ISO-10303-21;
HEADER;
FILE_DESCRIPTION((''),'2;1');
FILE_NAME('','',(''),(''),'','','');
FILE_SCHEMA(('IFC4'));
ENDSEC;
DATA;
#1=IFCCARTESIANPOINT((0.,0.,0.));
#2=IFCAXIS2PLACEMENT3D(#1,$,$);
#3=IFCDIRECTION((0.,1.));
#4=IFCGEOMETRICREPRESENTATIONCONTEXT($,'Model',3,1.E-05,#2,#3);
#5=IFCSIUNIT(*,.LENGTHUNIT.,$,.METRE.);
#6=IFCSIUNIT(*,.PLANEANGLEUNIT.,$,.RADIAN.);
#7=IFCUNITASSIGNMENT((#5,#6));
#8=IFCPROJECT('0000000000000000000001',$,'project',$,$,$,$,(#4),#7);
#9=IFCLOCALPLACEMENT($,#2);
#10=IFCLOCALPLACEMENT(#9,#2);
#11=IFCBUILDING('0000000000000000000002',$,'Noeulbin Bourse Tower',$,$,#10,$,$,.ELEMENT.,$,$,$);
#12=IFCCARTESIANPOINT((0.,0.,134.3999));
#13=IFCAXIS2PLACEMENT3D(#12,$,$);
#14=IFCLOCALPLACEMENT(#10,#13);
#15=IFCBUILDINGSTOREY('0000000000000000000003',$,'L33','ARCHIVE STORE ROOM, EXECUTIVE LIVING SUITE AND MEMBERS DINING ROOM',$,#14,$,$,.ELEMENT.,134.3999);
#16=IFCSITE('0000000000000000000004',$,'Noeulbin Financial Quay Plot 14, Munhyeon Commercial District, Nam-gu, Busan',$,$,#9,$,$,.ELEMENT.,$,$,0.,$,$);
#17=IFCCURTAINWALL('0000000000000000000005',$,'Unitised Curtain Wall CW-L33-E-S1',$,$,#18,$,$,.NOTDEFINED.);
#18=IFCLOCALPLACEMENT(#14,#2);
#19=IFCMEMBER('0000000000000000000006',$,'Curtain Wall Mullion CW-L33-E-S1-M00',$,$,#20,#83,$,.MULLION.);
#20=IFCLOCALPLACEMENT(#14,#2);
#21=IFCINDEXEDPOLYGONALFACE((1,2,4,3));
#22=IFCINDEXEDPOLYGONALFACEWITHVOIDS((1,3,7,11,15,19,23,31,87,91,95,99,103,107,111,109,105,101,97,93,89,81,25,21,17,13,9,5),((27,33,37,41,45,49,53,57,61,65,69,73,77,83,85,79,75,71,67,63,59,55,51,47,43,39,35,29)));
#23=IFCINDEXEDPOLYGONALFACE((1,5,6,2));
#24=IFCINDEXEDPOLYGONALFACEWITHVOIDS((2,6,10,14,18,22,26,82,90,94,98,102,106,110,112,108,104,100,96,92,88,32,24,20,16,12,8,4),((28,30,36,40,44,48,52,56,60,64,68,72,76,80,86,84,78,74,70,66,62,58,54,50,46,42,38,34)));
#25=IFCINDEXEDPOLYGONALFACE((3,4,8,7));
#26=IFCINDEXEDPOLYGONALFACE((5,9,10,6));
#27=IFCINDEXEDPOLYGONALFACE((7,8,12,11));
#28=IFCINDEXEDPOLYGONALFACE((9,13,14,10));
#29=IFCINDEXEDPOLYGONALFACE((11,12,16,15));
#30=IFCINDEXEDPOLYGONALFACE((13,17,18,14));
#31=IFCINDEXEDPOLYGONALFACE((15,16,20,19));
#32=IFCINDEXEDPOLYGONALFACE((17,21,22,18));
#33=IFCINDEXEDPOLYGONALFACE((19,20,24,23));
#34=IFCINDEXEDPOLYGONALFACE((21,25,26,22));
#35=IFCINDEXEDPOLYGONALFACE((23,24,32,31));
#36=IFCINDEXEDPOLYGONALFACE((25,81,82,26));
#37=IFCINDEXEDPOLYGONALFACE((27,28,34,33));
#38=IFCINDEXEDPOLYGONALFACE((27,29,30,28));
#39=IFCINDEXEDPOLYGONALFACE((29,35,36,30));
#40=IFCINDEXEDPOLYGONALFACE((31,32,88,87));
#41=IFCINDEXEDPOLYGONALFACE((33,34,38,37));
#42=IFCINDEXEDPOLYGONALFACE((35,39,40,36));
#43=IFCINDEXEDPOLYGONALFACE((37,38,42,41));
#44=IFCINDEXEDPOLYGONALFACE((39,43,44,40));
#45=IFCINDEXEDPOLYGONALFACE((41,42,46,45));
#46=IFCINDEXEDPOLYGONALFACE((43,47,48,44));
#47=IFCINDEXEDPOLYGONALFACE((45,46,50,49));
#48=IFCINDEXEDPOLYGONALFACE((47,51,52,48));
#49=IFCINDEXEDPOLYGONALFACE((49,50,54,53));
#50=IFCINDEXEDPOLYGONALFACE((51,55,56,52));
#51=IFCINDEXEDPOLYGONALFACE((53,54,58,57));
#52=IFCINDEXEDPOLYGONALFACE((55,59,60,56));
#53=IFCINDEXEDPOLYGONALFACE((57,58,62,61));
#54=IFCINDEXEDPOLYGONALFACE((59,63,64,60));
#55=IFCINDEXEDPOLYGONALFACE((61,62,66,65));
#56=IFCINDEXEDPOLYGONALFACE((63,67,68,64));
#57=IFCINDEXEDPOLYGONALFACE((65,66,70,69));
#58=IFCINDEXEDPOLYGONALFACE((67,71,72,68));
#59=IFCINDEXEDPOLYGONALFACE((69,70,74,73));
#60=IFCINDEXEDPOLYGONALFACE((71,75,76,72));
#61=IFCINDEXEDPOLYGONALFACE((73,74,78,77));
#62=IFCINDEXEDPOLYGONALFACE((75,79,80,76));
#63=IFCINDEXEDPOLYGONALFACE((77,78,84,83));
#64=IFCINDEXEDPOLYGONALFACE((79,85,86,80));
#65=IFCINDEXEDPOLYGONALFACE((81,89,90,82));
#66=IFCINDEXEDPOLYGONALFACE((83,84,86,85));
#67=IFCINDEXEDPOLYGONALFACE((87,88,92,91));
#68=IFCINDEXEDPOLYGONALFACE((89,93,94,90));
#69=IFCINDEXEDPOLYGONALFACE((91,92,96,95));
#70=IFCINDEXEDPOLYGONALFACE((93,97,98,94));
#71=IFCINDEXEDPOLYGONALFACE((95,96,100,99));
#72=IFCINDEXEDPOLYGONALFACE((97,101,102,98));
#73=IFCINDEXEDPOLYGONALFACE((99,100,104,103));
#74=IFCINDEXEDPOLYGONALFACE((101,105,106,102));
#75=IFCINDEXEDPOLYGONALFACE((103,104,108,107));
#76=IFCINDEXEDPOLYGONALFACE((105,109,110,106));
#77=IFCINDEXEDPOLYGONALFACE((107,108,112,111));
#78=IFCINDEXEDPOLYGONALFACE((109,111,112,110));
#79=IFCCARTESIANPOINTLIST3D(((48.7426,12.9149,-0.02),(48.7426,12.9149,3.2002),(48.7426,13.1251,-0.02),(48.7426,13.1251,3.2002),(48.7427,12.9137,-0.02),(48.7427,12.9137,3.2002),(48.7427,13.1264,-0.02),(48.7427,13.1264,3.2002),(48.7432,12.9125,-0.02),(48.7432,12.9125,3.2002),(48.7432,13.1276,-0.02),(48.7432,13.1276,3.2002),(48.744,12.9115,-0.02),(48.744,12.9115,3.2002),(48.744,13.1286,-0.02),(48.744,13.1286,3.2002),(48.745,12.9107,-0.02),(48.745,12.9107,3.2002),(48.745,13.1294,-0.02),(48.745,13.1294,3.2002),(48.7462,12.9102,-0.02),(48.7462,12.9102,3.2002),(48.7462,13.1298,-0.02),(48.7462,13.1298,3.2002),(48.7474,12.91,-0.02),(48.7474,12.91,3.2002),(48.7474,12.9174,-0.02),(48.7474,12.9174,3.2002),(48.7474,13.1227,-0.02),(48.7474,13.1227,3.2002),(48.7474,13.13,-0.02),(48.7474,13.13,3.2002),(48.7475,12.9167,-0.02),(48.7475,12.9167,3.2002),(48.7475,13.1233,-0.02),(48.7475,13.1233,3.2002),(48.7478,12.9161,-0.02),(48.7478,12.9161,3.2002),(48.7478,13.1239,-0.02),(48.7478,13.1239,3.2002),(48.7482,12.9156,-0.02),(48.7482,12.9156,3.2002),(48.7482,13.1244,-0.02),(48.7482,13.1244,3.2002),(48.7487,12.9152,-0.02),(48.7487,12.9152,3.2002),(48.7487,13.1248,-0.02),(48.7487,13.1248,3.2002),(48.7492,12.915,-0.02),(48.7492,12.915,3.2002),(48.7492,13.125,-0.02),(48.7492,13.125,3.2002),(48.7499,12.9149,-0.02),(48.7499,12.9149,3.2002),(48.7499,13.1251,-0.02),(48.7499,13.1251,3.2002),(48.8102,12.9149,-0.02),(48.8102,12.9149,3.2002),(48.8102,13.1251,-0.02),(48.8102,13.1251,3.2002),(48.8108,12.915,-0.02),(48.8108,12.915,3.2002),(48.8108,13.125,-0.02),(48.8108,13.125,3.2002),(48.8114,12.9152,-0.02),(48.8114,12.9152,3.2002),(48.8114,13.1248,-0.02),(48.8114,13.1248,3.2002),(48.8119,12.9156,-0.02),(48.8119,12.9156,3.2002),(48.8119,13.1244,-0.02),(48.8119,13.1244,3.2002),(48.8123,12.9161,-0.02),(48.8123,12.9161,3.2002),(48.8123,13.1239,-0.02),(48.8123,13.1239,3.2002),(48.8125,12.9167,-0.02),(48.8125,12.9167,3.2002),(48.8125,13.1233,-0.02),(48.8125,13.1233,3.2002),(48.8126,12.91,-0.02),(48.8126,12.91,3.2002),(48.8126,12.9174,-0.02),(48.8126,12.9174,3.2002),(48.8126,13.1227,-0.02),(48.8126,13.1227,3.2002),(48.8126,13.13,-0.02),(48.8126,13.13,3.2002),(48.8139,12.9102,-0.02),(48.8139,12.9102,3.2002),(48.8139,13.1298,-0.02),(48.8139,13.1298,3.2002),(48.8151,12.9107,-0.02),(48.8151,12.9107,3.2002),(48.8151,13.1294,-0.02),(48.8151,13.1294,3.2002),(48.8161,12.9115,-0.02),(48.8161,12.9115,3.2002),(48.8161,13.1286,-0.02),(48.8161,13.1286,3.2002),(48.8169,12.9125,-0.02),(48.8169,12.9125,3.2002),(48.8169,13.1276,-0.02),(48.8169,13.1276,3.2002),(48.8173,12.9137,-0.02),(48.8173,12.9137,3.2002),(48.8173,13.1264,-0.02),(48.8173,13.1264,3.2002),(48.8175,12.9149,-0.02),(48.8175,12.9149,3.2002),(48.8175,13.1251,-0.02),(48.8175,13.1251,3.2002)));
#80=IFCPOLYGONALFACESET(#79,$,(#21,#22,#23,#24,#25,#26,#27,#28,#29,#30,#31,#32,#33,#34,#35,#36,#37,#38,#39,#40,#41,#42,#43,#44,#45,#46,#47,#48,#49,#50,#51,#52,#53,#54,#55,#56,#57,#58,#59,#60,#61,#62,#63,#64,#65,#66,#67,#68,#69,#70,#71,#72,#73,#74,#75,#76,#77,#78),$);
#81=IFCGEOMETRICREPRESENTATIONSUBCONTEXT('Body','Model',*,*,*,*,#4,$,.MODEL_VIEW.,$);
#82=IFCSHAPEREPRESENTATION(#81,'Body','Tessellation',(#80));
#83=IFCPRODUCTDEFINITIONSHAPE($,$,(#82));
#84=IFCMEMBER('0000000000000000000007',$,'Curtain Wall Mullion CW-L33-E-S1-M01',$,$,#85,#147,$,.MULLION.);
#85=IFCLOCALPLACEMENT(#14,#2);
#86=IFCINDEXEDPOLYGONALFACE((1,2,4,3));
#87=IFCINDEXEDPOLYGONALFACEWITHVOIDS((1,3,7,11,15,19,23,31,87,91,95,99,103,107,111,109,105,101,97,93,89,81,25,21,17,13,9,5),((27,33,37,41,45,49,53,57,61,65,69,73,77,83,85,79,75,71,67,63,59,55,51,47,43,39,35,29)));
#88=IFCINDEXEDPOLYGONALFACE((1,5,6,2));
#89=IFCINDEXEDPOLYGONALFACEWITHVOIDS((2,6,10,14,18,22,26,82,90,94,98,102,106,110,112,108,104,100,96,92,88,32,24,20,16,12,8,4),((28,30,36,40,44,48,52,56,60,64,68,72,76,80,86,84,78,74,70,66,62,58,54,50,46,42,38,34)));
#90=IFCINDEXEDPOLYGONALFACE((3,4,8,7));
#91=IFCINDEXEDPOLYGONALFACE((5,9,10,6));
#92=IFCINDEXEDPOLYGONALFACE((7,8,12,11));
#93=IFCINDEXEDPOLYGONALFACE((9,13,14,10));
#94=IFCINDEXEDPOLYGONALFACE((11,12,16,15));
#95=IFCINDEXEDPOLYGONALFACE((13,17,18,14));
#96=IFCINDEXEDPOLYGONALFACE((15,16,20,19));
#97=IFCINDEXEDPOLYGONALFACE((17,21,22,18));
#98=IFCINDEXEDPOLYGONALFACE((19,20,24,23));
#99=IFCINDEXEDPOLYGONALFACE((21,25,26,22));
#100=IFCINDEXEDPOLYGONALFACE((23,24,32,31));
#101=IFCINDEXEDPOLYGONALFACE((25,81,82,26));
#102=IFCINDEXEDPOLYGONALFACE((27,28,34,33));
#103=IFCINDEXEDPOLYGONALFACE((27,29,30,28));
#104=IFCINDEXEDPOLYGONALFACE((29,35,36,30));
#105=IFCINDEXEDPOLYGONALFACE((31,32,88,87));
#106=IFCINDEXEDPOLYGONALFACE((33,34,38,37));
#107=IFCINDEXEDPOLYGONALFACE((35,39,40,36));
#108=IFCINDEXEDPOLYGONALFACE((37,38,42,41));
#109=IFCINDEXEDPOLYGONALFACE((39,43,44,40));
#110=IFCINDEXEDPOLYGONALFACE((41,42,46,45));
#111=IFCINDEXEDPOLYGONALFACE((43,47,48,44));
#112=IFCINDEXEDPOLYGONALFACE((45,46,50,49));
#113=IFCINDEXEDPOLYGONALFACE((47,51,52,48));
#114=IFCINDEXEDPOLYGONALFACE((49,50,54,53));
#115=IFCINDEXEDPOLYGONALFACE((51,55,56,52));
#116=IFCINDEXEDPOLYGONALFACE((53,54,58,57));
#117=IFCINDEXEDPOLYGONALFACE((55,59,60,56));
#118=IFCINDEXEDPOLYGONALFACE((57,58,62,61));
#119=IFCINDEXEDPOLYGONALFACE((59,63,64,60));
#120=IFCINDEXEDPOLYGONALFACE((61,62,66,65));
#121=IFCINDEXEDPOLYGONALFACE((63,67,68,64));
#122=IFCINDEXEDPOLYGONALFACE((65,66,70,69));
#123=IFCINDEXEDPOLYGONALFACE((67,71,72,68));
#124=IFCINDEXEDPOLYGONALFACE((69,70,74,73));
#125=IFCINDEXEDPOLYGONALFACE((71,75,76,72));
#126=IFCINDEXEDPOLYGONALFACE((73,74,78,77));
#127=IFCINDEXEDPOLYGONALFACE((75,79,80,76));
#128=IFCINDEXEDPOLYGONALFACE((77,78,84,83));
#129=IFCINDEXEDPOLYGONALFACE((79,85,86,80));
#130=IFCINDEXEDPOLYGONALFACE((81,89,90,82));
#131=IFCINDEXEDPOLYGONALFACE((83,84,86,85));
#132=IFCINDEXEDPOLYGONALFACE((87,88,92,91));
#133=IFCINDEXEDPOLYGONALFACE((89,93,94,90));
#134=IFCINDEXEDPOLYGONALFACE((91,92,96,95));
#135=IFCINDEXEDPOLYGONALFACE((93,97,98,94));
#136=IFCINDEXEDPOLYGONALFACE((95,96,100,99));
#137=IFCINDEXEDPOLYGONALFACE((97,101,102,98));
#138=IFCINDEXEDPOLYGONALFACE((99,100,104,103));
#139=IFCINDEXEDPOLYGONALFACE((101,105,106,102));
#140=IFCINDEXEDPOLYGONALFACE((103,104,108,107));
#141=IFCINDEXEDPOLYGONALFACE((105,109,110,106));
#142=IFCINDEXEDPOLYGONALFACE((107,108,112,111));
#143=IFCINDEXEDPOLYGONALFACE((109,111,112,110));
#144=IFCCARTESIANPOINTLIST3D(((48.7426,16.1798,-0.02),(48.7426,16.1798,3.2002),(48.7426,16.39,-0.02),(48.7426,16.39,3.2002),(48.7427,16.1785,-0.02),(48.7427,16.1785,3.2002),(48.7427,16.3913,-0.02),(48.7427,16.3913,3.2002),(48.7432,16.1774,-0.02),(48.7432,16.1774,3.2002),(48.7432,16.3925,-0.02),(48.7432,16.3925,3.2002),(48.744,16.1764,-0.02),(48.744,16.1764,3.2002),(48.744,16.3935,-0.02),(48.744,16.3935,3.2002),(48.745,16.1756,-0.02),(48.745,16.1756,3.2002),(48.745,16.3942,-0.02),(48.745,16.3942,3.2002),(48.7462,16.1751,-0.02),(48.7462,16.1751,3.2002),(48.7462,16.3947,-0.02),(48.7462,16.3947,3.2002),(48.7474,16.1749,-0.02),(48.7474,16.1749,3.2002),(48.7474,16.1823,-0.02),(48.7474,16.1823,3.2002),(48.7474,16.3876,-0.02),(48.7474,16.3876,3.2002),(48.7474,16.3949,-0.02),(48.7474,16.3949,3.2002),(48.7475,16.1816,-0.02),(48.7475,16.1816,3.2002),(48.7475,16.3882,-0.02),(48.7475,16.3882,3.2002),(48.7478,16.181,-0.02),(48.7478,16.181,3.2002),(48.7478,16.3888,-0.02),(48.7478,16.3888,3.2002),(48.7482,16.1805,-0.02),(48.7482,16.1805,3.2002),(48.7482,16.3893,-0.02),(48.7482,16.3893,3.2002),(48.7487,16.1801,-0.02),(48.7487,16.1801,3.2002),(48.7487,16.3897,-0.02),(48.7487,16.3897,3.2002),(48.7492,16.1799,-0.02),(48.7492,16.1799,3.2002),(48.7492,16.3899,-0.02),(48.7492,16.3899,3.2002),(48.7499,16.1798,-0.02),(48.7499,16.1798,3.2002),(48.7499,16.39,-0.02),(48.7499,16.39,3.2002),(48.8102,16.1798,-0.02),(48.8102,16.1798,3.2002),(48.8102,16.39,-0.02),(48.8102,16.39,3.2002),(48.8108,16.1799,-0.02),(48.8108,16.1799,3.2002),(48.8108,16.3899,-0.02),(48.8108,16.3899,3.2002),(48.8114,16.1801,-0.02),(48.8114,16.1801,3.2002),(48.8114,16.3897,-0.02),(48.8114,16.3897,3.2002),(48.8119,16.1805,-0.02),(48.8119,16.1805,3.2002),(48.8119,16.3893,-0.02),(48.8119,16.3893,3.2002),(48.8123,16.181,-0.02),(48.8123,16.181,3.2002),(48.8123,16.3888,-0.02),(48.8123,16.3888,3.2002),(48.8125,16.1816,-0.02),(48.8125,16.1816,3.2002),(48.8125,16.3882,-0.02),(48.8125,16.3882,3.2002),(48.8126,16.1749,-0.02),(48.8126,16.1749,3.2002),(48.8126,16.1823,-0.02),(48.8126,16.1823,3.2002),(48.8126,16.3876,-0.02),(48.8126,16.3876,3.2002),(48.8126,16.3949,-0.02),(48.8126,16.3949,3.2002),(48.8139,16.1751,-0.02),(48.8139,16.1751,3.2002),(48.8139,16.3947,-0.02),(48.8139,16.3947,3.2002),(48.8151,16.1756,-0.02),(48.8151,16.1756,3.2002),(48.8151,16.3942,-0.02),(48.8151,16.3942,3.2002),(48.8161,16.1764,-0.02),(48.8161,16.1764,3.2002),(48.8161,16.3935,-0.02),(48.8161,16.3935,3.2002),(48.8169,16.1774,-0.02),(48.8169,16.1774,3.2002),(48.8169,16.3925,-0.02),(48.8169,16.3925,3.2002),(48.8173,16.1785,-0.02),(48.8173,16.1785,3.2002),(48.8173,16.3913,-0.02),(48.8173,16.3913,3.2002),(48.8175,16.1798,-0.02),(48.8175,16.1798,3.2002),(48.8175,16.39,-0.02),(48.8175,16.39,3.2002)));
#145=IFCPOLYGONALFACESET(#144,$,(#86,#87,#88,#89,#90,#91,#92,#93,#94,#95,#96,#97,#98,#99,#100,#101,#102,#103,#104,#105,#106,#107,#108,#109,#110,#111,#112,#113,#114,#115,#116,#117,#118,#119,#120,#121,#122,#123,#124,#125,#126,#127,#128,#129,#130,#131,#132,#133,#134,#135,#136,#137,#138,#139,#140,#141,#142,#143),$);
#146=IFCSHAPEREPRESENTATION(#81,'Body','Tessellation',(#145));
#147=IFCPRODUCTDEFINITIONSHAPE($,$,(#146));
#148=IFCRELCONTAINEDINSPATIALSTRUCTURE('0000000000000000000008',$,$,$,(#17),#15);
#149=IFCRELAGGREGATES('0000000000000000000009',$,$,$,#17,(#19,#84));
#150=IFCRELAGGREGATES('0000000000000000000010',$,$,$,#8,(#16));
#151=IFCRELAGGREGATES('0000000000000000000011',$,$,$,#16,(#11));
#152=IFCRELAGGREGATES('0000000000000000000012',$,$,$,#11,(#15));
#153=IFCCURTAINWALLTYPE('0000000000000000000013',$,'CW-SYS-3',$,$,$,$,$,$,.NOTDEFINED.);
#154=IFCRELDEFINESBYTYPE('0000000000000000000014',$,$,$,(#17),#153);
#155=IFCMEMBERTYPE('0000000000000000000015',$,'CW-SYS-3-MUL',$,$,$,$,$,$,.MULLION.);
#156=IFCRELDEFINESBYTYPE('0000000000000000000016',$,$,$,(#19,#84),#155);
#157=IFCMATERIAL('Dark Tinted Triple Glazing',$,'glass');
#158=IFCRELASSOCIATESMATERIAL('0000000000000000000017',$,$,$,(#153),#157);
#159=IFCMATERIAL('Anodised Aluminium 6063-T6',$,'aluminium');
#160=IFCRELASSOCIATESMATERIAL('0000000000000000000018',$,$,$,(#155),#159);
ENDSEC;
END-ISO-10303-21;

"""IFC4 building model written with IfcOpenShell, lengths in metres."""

from ifc_helpers import new_model, si_unit, direction, frame, origin, origin_2d, place, context, subcontext, project, spatial, hollow_rectangle, extrude, material, material_profile, profile_set, type_object, element, aggregate, save


model = new_model("IFC4")

# Units and contexts
model_context = context("Model", 3, precision=1e-05, world=origin(), true_north=direction((0.0, 1.0)))
body_context = subcontext(model_context, "Body", "Model", "MODEL_VIEW")
ifc_project = project(units=[si_unit("LENGTHUNIT", "METRE"), si_unit("PLANEANGLEUNIT", "RADIAN")], contexts=[model_context])

# Site, building, storey
site_placement = place(None, origin())
site = spatial("IfcSite", under=ifc_project, at=site_placement, Name="Noeulbin Financial Quay Plot 14, Munhyeon Commercial District, Nam-gu, Busan", CompositionType="ELEMENT", RefElevation=0.0)
building_placement = place(site_placement, origin())
building = spatial("IfcBuilding", under=site, at=building_placement, Name="Noeulbin Bourse Tower", CompositionType="ELEMENT")
storey_placement = place(building_placement, frame((0.0, 0.0, 134.3999)))
storey = spatial("IfcBuildingStorey", under=building, at=storey_placement, Name="L33", Description="ARCHIVE STORE ROOM, EXECUTIVE LIVING SUITE AND MEMBERS DINING ROOM", CompositionType="ELEMENT", Elevation=134.3999)

# Curtain wall, members
ifc_material_1 = material(Name="Dark Tinted Triple Glazing", Category="glass")
curtain_wall_type = type_object("IfcCurtainWallType", Name="CW-SYS-3", PredefinedType="NOTDEFINED", material=ifc_material_1)
ifc_material_2 = material(Name="Anodised Aluminium 6063-T6", Category="aluminium")
ifc_material_profile_1 = material_profile(ifc_material_2, hollow_rectangle(XDim=0.075, YDim=0.22, WallThickness=0.0049, InnerFilletRadius=0.0024, OuterFilletRadius=0.0049, at=origin_2d()), Name="ALU-MULL-75x220x5", Category="LoadBearing")
ifc_profile_set_1 = profile_set([ifc_material_profile_1], Name="Anodised Aluminium 6063-T6")
member_type_1 = type_object("IfcMemberType", Name="CW-SYS-3-MUL", PredefinedType="MULLION", material=ifc_profile_set_1)
curtain_wall_1_placement = place(storey_placement, origin())
curtain_wall_1 = element("IfcCurtainWall", 1, at=curtain_wall_1_placement, inside=storey, type_object=curtain_wall_type, Name="Unitised Curtain Wall CW-L33-E-S1", PredefinedType="NOTDEFINED")
member_1_placement = place(storey_placement, frame((48.78, 13.02, -0.02), z_axis=(0.0, 0.0, 1.0), x_axis=(1.0, 0.0, 0.0)))
member_1 = element("IfcMember", 2, at=member_1_placement, type_object=member_type_1, Name="Curtain Wall Mullion CW-L33-E-S1-M00", PredefinedType="MULLION", context=body_context, shape_type="SweptSolid", body=[
    extrude(hollow_rectangle(XDim=0.075, YDim=0.22, WallThickness=0.0049, InnerFilletRadius=0.0024, OuterFilletRadius=0.0049, at=origin_2d()), origin(), (0.0, 0.0, 1.0), 3.2202),
])
member_2_placement = place(storey_placement, frame((48.78, 16.2849, -0.02), z_axis=(0.0, 0.0, 1.0), x_axis=(1.0, 0.0, 0.0)))
member_2 = element("IfcMember", 3, at=member_2_placement, type_object=member_type_1, Name="Curtain Wall Mullion CW-L33-E-S1-M01", PredefinedType="MULLION", context=body_context, shape_type="SweptSolid", body=[
    extrude(hollow_rectangle(XDim=0.075, YDim=0.22, WallThickness=0.0049, InnerFilletRadius=0.0024, OuterFilletRadius=0.0049, at=origin_2d()), origin(), (0.0, 0.0, 1.0), 3.2202),
])

aggregate(curtain_wall_1, [member_1, member_2])

save(model, "model.ifc")
